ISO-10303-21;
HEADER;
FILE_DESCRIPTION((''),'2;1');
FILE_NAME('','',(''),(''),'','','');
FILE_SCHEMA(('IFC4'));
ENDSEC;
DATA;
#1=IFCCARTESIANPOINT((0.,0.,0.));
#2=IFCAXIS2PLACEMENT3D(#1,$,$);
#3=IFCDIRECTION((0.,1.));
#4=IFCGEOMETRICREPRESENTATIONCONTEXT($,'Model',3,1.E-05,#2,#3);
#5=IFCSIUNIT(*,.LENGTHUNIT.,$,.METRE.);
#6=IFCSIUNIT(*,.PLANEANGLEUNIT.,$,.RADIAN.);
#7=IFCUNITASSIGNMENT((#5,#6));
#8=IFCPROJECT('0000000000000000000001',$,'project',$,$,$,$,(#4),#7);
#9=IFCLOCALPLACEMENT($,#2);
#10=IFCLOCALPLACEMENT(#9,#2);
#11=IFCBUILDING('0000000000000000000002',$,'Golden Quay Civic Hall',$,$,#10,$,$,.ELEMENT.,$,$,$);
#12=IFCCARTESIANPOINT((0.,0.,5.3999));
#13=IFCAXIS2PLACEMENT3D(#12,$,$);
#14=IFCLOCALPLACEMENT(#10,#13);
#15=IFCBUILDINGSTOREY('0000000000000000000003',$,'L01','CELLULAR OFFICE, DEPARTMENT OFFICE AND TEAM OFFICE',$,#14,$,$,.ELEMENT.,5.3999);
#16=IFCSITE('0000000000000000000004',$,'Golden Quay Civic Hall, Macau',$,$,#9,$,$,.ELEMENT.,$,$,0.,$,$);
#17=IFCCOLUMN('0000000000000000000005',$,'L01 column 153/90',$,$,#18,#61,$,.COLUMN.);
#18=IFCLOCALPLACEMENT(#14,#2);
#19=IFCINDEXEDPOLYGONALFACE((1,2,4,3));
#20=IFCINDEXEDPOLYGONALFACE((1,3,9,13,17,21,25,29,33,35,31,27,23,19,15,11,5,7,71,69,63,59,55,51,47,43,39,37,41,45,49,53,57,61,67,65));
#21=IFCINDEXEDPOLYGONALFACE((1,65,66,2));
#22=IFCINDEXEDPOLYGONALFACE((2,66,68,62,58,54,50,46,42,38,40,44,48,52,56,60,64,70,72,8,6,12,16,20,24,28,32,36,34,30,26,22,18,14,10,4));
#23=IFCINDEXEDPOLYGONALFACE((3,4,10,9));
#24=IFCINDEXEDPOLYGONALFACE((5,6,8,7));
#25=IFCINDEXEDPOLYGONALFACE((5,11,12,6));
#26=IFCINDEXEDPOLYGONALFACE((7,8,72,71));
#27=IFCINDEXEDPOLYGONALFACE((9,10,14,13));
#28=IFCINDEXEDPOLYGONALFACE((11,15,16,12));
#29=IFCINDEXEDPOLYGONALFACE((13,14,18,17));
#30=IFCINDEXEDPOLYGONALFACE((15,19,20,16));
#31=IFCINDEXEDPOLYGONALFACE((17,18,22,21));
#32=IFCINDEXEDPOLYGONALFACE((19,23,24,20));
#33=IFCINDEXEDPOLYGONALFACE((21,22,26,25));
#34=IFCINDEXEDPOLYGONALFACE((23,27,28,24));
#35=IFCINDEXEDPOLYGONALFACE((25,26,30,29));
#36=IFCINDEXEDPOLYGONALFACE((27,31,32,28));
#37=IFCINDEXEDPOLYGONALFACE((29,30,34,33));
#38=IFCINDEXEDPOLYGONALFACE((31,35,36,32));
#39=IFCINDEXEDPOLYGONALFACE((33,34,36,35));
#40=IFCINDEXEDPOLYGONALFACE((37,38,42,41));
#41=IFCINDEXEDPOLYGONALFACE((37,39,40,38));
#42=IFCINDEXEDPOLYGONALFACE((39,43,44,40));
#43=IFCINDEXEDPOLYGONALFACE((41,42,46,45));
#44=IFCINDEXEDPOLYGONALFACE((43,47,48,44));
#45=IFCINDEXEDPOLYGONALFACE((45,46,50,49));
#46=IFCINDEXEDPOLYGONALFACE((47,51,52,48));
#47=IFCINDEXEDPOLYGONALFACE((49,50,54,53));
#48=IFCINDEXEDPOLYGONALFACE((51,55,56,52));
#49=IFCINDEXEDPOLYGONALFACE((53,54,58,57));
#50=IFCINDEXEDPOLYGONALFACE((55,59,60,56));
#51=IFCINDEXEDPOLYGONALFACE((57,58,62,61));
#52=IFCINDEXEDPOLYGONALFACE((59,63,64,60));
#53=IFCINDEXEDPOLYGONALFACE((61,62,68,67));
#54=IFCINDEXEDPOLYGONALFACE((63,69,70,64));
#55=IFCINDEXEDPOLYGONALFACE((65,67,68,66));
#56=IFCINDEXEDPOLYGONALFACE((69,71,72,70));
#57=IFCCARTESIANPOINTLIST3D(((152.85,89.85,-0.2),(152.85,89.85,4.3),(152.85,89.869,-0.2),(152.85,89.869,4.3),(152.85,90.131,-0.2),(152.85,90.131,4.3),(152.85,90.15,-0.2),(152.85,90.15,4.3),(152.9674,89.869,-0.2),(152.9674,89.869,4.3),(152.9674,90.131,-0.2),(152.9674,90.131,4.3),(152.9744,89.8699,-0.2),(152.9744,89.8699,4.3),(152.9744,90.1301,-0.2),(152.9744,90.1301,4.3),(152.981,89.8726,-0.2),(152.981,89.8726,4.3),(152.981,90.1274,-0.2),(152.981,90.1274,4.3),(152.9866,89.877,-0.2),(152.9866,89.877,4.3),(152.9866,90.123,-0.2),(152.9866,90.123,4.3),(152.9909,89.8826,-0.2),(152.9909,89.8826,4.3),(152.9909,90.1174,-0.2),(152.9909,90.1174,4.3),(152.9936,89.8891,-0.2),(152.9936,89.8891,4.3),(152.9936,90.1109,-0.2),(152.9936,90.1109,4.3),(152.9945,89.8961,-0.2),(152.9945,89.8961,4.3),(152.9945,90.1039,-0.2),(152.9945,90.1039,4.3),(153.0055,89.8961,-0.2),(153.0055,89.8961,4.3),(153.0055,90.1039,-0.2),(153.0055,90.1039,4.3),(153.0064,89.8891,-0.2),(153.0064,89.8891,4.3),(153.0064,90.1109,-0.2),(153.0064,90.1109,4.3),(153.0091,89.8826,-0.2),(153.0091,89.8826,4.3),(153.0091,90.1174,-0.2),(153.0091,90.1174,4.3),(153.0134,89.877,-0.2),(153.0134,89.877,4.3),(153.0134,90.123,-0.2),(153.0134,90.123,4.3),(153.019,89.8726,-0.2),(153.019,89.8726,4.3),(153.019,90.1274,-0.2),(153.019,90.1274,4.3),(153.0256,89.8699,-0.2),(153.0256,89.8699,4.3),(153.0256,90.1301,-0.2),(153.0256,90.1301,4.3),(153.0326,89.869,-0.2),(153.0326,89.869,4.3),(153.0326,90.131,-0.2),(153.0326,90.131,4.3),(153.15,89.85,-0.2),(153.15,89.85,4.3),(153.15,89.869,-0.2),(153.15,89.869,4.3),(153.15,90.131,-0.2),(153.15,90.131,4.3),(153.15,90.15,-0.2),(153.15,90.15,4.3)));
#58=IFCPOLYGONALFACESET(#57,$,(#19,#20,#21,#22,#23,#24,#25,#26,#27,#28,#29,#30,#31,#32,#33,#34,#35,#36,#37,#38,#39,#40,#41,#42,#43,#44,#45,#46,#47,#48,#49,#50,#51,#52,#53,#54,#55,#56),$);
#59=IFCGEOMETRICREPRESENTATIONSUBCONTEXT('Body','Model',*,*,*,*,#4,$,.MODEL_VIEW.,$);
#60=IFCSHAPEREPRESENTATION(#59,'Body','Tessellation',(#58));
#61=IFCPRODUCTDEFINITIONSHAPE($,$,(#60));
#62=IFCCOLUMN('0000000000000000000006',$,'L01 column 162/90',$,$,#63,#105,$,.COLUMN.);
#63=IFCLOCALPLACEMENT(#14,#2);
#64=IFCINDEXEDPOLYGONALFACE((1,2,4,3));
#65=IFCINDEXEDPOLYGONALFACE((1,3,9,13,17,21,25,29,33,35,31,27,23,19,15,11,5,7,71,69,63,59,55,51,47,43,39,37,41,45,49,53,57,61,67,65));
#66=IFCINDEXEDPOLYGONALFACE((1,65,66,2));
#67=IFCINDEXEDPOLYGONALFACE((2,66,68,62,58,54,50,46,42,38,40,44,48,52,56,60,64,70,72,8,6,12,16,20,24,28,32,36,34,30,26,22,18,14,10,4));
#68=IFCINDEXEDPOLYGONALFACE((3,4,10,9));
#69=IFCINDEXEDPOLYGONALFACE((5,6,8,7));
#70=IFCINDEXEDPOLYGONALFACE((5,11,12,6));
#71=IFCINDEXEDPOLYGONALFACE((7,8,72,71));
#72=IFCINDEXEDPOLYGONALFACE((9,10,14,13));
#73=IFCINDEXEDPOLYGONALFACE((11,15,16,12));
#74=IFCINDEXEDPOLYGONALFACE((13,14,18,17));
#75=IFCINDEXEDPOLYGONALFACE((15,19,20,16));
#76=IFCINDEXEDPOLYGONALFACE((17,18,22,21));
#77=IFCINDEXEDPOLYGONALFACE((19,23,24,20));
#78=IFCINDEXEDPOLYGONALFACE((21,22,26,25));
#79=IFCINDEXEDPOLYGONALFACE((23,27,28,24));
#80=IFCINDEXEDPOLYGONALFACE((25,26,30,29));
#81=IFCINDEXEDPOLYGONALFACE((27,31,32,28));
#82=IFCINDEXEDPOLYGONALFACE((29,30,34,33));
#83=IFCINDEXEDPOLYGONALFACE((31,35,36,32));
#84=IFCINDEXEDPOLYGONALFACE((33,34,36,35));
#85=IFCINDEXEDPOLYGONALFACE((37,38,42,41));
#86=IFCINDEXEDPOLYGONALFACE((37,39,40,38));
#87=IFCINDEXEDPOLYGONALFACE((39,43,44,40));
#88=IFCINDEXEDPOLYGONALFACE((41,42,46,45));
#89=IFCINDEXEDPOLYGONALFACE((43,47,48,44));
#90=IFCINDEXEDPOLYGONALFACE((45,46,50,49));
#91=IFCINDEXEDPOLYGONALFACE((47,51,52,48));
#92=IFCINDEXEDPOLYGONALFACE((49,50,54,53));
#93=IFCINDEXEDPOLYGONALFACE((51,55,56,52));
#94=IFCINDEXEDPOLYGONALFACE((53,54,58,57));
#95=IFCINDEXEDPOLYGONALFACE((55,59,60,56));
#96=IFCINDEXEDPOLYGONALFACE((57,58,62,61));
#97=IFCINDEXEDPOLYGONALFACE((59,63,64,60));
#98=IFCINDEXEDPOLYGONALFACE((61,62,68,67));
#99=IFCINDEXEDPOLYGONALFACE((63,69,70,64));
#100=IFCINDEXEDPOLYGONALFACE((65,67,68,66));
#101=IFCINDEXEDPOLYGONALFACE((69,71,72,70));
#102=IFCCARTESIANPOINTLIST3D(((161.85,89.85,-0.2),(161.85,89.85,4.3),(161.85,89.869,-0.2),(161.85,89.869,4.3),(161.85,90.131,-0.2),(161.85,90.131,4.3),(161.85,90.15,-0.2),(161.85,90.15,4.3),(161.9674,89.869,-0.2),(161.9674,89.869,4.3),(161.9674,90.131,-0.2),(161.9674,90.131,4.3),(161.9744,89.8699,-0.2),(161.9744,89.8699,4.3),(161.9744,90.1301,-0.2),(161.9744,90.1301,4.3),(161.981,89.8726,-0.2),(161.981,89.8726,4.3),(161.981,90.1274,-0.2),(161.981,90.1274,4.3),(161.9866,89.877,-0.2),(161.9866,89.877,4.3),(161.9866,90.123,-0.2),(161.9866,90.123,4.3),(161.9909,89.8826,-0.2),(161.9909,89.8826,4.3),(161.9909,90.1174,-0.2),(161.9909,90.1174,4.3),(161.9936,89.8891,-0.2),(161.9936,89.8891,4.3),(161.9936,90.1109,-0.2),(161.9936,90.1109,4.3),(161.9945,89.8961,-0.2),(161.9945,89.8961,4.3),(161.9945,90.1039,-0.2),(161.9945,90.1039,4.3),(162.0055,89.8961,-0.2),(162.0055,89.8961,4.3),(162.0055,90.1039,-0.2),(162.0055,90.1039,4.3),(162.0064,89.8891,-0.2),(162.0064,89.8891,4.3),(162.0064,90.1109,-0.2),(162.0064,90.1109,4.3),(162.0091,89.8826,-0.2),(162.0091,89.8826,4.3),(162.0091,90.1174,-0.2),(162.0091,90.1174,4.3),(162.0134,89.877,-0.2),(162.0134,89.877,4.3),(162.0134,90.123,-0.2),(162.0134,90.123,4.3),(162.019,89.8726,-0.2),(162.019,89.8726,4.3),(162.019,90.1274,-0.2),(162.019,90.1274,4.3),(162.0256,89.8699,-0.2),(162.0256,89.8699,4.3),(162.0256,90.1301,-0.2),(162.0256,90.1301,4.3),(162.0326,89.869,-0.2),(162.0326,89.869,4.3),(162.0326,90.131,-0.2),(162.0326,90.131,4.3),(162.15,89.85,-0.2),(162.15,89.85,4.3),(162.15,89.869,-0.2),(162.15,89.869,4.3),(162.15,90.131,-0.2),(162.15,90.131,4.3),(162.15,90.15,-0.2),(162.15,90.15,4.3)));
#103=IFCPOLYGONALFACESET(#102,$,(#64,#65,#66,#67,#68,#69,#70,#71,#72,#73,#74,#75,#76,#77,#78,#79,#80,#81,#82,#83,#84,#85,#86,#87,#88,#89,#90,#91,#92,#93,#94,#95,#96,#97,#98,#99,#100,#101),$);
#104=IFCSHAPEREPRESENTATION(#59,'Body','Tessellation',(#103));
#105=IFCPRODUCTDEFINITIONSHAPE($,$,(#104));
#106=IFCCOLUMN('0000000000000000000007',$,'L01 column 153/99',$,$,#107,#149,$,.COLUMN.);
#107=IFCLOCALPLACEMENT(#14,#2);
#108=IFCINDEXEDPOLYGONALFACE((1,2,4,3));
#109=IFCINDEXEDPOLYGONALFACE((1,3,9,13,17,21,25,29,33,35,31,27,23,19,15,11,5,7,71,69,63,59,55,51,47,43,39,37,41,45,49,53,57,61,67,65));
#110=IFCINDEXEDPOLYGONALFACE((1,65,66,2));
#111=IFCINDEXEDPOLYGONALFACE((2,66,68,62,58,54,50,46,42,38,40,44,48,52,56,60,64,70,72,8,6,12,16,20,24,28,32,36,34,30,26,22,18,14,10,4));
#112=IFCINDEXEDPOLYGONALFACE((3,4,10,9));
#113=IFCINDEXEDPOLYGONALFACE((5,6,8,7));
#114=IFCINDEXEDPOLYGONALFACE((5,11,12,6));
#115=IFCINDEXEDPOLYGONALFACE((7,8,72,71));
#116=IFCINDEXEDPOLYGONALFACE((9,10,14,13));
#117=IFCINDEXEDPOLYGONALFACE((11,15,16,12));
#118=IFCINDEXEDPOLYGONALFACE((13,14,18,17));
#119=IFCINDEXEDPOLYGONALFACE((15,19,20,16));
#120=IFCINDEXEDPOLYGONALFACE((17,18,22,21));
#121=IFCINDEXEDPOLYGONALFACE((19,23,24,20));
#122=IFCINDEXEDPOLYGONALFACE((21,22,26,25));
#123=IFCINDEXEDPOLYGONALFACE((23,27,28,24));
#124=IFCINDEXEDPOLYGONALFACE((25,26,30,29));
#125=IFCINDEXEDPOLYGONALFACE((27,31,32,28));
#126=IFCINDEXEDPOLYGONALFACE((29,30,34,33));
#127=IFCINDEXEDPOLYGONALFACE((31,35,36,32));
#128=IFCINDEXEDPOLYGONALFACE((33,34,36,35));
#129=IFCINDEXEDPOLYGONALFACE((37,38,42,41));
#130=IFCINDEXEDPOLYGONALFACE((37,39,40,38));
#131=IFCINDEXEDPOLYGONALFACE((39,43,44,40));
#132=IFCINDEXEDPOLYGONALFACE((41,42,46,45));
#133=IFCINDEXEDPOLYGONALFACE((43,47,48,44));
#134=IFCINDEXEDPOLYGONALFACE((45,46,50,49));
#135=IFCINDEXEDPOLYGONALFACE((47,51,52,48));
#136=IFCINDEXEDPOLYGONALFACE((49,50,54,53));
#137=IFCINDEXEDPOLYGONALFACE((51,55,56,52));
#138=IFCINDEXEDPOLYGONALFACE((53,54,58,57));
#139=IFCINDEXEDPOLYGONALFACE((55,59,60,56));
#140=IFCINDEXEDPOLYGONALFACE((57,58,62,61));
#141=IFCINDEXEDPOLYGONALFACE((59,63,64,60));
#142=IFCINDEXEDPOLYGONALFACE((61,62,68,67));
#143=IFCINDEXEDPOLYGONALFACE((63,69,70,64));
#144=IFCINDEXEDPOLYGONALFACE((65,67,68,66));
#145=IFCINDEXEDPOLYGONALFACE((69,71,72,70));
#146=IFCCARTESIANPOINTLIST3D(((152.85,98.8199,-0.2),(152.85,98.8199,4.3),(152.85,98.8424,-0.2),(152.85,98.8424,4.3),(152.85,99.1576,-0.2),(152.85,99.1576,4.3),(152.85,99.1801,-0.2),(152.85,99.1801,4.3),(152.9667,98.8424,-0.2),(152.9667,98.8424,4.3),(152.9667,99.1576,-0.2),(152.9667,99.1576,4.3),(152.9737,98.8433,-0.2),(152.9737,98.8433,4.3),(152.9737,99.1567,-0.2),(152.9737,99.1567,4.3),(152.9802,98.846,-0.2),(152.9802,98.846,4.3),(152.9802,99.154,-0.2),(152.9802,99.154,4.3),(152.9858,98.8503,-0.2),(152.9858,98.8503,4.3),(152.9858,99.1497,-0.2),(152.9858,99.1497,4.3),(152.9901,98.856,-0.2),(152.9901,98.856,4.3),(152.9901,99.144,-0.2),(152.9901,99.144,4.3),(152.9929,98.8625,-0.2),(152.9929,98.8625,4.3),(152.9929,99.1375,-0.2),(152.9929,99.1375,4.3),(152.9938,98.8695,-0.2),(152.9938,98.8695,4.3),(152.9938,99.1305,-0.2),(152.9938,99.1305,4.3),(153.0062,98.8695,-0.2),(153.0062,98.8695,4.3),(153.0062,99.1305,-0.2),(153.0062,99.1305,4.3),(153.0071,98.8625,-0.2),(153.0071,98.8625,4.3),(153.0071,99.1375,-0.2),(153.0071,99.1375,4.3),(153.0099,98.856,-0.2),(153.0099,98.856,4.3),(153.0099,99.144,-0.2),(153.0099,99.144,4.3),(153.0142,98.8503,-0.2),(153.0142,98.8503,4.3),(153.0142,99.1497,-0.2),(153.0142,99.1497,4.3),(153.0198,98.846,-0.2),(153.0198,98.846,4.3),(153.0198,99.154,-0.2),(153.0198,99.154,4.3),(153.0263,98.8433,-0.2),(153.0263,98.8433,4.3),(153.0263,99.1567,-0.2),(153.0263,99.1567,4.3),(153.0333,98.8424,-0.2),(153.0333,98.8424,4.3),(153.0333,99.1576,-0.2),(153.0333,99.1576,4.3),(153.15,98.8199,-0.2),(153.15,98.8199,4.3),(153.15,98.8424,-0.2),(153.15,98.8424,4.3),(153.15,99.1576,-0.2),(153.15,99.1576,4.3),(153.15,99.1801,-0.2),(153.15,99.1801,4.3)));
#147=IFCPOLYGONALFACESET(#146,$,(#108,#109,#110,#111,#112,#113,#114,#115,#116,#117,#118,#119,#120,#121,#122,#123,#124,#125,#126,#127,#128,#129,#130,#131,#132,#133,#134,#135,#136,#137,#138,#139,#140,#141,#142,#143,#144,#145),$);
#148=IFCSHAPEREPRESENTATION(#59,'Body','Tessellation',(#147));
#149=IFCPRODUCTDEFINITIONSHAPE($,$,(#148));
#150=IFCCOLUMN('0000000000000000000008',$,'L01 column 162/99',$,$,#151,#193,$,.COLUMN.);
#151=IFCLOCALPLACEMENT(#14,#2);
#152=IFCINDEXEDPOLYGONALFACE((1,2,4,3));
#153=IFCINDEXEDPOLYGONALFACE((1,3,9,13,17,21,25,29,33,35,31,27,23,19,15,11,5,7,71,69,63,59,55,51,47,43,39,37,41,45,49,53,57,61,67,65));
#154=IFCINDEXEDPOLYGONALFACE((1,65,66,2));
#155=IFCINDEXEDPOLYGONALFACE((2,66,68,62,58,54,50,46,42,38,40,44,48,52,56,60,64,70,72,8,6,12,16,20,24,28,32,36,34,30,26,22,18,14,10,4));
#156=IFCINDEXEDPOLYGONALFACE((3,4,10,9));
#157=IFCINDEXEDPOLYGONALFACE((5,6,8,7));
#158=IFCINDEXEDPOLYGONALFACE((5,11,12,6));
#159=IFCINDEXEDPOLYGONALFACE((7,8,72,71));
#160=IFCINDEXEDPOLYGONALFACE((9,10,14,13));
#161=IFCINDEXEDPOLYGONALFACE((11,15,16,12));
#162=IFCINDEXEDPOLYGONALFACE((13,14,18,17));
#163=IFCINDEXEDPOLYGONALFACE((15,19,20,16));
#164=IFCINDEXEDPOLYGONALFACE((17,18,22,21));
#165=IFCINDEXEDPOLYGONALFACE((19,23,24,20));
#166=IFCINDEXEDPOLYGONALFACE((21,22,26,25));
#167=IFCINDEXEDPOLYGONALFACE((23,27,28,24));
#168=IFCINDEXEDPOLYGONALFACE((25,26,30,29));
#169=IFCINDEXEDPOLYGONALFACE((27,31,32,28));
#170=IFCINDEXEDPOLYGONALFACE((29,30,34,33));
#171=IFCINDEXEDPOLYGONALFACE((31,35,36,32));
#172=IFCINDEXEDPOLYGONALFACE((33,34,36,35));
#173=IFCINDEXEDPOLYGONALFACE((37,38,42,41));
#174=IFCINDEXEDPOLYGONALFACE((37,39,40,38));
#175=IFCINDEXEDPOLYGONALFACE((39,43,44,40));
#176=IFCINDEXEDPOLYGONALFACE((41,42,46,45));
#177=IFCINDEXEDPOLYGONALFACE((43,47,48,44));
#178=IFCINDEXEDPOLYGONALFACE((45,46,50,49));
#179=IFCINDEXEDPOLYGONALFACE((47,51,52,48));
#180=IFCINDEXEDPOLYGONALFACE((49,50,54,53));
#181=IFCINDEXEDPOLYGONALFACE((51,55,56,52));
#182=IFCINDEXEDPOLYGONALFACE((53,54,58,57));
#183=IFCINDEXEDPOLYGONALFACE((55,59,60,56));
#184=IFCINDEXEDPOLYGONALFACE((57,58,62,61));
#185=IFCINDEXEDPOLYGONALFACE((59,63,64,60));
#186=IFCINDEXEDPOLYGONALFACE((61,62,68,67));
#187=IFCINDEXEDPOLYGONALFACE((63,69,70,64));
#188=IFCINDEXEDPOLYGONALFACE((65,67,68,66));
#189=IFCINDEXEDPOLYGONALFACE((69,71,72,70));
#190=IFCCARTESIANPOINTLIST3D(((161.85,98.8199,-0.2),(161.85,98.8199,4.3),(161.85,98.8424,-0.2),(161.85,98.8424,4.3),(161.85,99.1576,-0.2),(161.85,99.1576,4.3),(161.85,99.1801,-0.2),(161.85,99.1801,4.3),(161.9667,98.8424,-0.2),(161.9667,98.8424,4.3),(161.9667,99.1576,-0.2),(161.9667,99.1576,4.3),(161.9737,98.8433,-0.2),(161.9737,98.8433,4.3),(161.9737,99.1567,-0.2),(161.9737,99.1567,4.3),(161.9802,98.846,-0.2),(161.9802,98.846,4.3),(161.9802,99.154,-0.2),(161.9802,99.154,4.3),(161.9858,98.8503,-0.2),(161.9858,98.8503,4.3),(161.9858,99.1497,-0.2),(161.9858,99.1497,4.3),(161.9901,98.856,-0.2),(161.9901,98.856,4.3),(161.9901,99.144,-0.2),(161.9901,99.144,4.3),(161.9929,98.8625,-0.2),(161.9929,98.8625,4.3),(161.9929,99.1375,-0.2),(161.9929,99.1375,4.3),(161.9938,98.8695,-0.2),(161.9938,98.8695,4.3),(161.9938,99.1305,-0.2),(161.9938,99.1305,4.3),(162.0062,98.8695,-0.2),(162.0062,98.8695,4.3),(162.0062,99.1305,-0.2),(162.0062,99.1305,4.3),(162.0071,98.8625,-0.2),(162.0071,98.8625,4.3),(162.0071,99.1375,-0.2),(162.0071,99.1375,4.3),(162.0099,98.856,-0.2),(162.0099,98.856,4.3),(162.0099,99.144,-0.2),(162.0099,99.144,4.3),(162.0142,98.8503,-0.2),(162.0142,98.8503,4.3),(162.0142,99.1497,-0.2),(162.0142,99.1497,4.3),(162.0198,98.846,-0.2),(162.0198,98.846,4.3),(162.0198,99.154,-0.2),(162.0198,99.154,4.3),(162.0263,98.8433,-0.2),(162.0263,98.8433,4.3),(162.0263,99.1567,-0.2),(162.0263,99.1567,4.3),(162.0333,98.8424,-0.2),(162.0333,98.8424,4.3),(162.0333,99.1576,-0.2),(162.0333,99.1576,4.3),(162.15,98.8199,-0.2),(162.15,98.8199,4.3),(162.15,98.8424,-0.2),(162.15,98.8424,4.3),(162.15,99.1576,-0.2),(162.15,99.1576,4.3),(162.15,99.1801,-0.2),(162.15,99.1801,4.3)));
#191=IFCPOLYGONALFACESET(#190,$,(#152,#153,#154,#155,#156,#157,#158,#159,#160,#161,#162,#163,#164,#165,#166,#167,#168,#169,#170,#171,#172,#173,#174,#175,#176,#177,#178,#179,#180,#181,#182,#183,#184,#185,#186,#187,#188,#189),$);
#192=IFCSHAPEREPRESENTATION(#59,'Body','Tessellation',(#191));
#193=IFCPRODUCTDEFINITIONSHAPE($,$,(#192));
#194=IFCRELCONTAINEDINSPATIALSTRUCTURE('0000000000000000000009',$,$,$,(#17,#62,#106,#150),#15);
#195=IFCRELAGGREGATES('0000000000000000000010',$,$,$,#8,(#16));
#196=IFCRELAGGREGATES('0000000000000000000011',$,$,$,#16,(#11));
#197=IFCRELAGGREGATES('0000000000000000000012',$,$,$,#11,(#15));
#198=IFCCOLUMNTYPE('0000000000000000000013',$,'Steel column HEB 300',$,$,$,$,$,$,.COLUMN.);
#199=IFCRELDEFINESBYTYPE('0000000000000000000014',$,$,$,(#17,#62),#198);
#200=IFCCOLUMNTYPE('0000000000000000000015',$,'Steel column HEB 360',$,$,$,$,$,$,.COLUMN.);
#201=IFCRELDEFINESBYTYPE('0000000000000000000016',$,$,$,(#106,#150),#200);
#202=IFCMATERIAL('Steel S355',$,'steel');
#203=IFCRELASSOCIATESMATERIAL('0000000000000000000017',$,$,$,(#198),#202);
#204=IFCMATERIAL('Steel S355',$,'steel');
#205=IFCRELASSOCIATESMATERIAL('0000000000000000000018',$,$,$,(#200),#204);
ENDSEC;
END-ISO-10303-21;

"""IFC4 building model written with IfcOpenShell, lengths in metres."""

from ifc_helpers import new_model, si_unit, direction, frame, origin, origin_2d, place, context, subcontext, project, spatial, i_section, extrude, material, material_profile, profile_set, type_object, element, save


model = new_model("IFC4")

# Units and contexts
model_context = context("Model", 3, precision=1e-05, world=origin(), true_north=direction((0.0, 1.0)))
body_context = subcontext(model_context, "Body", "Model", "MODEL_VIEW")
ifc_project = project(units=[si_unit("LENGTHUNIT", "METRE"), si_unit("PLANEANGLEUNIT", "RADIAN")], contexts=[model_context])

# Site, building, storey
site_placement = place(None, origin())
site = spatial("IfcSite", under=ifc_project, at=site_placement, Name="Golden Quay Civic Hall, Macau", CompositionType="ELEMENT", RefElevation=0.0)
building_placement = place(site_placement, origin())
building = spatial("IfcBuilding", under=site, at=building_placement, Name="Golden Quay Civic Hall", CompositionType="ELEMENT")
storey_placement = place(building_placement, frame((0.0, 0.0, 5.3999)))
storey = spatial("IfcBuildingStorey", under=building, at=storey_placement, Name="L01", Description="CELLULAR OFFICE, DEPARTMENT OFFICE AND TEAM OFFICE", CompositionType="ELEMENT", Elevation=5.3999)

# Columns
ifc_material_1 = material(Name="Steel S355", Category="steel")
ifc_material_profile_1 = material_profile(ifc_material_1, i_section(OverallWidth=0.3, OverallDepth=0.3, WebThickness=0.011, FlangeThickness=0.019, FilletRadius=0.0271, at=origin_2d()), Name="HEB 300")
ifc_profile_set_1 = profile_set([ifc_material_profile_1], Name="Steel S355")
column_type_1 = type_object("IfcColumnType", Name="Steel column HEB 300", PredefinedType="COLUMN", material=ifc_profile_set_1)
for number, where, z_axis, x_axis, name in (
    (1, (153.0, 90.0, -0.2), (0.0, 0.0, 1.0), (1.0, 0.0, 0.0), "L01 column 153/90"),
    (2, (162.0, 90.0, -0.2), (0.0, 0.0, 1.0), (1.0, 0.0, 0.0), "L01 column 162/90"),
):
    element("IfcColumn", number, at=place(storey_placement, frame(where, z_axis=z_axis, x_axis=x_axis)), inside=storey, type_object=column_type_1, Name=name, PredefinedType="COLUMN", context=body_context, shape_type="SweptSolid", body=[
        extrude(i_section(OverallWidth=0.3, OverallDepth=0.3, WebThickness=0.011, FlangeThickness=0.019, FilletRadius=0.0271, at=origin_2d()), origin(), (0.0, 0.0, 1.0), 4.5),
    ])
ifc_material_2 = material(Name="Steel S355", Category="steel")
ifc_material_profile_2 = material_profile(ifc_material_2, i_section(OverallWidth=0.3, OverallDepth=0.3601, WebThickness=0.0125, FlangeThickness=0.0225, FilletRadius=0.0271, at=origin_2d()), Name="HEB 360")
ifc_profile_set_2 = profile_set([ifc_material_profile_2], Name="Steel S355")
column_type_2 = type_object("IfcColumnType", Name="Steel column HEB 360", PredefinedType="COLUMN", material=ifc_profile_set_2)
for number, where, z_axis, x_axis, name in (
    (3, (153.0, 99.0, -0.2), (0.0, 0.0, 1.0), (1.0, 0.0, 0.0), "L01 column 153/99"),
    (4, (162.0, 99.0, -0.2), (0.0, 0.0, 1.0), (1.0, 0.0, 0.0), "L01 column 162/99"),
):
    element("IfcColumn", number, at=place(storey_placement, frame(where, z_axis=z_axis, x_axis=x_axis)), inside=storey, type_object=column_type_2, Name=name, PredefinedType="COLUMN", context=body_context, shape_type="SweptSolid", body=[
        extrude(i_section(OverallWidth=0.3, OverallDepth=0.3601, WebThickness=0.0125, FlangeThickness=0.0225, FilletRadius=0.0271, at=origin_2d()), origin(), (0.0, 0.0, 1.0), 4.5),
    ])

save(model, "model.ifc")
